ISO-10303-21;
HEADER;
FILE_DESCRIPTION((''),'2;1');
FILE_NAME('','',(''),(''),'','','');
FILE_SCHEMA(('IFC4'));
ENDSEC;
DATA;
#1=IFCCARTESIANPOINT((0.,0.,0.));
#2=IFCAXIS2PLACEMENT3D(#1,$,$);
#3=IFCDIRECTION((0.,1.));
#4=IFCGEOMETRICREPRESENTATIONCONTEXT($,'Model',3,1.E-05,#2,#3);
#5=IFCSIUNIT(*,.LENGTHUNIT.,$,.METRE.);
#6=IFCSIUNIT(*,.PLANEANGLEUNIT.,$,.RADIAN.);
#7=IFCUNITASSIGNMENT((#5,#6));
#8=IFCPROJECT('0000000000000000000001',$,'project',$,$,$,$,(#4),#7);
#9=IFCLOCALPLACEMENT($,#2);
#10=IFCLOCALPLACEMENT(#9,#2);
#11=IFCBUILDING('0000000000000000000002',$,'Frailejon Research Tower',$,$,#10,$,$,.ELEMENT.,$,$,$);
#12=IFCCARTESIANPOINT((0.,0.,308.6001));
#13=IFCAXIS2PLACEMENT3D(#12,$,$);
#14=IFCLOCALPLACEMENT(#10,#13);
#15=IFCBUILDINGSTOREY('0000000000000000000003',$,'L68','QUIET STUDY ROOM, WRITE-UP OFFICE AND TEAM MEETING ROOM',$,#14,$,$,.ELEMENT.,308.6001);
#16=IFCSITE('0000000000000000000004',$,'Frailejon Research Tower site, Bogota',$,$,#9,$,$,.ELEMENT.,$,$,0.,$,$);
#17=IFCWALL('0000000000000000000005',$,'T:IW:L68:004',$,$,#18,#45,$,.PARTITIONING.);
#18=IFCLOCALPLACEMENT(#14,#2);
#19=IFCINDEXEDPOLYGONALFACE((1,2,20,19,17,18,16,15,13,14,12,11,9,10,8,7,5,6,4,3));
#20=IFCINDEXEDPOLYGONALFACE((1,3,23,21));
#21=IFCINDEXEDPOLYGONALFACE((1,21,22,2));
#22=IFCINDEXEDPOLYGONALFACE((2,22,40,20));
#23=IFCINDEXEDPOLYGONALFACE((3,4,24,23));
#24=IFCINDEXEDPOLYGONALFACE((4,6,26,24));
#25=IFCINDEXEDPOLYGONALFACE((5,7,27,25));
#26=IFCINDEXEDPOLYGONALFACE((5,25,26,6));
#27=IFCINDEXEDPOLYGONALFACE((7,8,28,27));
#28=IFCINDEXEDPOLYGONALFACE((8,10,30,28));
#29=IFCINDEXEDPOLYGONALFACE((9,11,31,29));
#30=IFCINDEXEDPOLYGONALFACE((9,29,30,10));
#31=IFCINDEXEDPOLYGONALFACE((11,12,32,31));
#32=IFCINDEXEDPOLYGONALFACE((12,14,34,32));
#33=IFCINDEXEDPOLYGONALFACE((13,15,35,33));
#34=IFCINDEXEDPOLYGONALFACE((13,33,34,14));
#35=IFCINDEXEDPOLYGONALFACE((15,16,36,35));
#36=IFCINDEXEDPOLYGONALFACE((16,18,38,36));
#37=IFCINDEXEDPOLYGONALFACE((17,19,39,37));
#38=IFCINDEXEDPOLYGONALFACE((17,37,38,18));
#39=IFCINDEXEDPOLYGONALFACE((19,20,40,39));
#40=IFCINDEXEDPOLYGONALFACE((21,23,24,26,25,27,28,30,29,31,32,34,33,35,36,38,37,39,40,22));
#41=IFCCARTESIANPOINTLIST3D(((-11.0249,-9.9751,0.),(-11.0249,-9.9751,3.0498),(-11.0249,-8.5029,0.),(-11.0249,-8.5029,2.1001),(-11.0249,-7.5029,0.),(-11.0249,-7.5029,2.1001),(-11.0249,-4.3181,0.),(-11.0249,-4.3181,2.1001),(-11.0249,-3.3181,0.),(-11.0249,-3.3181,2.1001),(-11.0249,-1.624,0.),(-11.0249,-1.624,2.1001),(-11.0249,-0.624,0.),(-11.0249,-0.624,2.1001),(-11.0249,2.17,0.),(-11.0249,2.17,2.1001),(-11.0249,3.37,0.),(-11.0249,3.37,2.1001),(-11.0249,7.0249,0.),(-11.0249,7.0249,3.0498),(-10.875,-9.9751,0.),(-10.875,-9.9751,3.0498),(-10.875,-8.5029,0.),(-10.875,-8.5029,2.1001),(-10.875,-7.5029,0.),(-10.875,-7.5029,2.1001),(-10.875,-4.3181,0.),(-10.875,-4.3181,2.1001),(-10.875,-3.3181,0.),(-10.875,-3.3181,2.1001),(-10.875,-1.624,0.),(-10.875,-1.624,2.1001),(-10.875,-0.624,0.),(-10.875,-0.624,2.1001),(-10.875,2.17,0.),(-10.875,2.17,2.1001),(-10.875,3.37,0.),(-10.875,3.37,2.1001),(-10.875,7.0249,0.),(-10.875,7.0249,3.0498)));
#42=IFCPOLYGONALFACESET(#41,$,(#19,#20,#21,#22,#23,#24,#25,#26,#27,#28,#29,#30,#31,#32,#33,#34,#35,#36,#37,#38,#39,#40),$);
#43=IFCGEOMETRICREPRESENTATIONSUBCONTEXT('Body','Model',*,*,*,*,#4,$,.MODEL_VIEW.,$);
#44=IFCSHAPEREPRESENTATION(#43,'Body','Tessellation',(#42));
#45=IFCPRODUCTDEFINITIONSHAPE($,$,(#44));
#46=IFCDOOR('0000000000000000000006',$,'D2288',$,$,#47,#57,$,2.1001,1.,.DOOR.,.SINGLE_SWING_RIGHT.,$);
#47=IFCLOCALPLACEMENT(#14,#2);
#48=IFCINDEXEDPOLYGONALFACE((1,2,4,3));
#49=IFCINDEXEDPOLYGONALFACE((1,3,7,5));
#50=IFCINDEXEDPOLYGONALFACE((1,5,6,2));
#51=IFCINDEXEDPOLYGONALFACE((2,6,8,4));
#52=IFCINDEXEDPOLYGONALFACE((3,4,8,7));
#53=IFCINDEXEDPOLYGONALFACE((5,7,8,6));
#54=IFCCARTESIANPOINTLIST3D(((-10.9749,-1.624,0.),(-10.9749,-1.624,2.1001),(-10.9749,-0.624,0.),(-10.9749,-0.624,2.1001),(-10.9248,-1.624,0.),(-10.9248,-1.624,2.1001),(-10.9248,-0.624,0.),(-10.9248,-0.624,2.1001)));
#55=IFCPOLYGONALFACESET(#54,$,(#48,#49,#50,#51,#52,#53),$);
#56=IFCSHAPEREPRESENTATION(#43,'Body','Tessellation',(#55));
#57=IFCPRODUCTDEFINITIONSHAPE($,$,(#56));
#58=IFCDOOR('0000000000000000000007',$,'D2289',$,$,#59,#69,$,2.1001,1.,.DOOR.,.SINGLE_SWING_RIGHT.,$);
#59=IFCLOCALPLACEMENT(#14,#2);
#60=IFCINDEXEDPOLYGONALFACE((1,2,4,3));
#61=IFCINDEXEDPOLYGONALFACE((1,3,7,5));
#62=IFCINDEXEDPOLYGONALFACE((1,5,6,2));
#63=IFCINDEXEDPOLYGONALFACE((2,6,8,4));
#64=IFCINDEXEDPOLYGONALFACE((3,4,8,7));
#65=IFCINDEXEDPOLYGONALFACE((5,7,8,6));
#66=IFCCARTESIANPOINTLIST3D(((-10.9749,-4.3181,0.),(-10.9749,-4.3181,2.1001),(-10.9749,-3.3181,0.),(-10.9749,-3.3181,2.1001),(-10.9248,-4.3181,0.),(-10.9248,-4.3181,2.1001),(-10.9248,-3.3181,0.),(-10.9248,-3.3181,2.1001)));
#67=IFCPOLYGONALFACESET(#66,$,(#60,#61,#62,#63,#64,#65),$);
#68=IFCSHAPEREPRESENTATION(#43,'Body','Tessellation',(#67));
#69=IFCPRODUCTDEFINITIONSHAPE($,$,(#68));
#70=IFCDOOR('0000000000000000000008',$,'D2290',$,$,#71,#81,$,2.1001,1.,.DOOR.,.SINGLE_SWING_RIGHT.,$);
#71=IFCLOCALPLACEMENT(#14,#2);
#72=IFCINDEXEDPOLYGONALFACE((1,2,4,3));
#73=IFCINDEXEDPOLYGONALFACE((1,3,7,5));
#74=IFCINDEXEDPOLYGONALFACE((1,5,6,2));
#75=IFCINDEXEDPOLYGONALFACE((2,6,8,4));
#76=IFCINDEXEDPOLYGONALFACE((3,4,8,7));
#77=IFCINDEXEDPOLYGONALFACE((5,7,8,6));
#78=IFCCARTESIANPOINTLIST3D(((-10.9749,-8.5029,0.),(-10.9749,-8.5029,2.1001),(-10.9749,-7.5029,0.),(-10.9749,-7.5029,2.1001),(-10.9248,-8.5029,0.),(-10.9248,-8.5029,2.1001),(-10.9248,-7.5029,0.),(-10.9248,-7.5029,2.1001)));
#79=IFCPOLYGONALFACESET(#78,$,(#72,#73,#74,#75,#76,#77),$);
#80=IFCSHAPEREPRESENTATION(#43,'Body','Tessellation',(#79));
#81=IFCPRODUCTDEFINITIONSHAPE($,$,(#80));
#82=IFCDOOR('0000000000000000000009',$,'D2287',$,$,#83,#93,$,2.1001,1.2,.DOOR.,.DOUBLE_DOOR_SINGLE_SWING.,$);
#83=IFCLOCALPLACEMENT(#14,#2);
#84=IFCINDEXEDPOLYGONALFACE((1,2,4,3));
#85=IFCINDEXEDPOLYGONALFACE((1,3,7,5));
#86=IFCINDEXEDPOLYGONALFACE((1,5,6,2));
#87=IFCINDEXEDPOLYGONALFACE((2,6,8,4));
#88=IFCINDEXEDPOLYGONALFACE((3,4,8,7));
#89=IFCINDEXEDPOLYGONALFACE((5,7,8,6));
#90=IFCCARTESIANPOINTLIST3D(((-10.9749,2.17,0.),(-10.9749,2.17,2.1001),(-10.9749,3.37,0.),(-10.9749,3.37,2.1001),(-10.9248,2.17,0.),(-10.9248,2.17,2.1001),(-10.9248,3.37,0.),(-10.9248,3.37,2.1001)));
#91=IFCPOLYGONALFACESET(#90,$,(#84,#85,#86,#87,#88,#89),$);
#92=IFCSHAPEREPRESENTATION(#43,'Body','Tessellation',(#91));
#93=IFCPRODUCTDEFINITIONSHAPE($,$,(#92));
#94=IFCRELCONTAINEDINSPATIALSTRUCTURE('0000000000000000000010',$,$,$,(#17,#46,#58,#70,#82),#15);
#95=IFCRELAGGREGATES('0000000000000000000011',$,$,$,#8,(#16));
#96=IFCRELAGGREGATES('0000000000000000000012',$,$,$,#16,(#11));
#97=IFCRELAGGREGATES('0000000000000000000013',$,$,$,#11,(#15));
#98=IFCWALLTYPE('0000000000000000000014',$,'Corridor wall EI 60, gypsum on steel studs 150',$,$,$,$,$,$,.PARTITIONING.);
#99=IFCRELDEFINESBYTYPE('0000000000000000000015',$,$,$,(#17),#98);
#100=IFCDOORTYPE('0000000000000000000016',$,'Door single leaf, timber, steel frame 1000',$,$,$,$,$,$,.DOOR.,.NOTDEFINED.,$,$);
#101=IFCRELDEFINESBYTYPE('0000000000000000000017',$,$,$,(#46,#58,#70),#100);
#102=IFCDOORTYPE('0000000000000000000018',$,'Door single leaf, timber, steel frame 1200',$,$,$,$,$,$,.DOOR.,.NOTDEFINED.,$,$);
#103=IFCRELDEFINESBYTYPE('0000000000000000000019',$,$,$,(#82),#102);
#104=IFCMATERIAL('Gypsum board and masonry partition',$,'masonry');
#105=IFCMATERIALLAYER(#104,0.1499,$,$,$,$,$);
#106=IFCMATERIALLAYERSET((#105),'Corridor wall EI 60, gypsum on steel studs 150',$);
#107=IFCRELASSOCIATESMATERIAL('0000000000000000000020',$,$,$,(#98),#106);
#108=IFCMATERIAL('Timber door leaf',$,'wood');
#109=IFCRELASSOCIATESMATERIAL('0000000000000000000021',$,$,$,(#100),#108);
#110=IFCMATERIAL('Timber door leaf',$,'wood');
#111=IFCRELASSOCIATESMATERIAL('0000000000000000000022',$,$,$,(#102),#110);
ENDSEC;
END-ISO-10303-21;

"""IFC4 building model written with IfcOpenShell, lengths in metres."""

from ifc_helpers import new_model, si_unit, direction, frame, frame_2d, origin, place, context, subcontext, project, spatial, rectangle, extrude, material, layer, layer_set, type_object, element, fill, save


model = new_model("IFC4")

# Units and contexts
model_context = context("Model", 3, precision=1e-05, world=origin(), true_north=direction((0.0, 1.0)))
body_context = subcontext(model_context, "Body", "Model", "MODEL_VIEW")
ifc_project = project(units=[si_unit("LENGTHUNIT", "METRE"), si_unit("PLANEANGLEUNIT", "RADIAN")], contexts=[model_context])

# Site, building, storey
site_placement = place(None, origin())
site = spatial("IfcSite", under=ifc_project, at=site_placement, Name="Frailejon Research Tower site, Bogota", CompositionType="ELEMENT", RefElevation=0.0)
building_placement = place(site_placement, origin())
building = spatial("IfcBuilding", under=site, at=building_placement, Name="Frailejon Research Tower", CompositionType="ELEMENT")
storey_placement = place(building_placement, frame((0.0, 0.0, 308.6001)))
storey = spatial("IfcBuildingStorey", under=building, at=storey_placement, Name="L68", Description="QUIET STUDY ROOM, WRITE-UP OFFICE AND TEAM MEETING ROOM", CompositionType="ELEMENT", Elevation=308.6001)

# Wall, openings, doors
ifc_material_1 = material(Name="Gypsum board and masonry partition", Category="masonry")
ifc_layer_1 = layer(ifc_material_1, 0.1499)
ifc_layer_set_1 = layer_set([ifc_layer_1], Name="Corridor wall EI 60, gypsum on steel studs 150")
wall_type_1 = type_object("IfcWallType", Name="Corridor wall EI 60, gypsum on steel studs 150", PredefinedType="PARTITIONING", material=ifc_layer_set_1)
wall_1_placement = place(storey_placement, frame((-10.95, -9.9751, 0.0), z_axis=(0.0, 0.0, 1.0), x_axis=(0.0, 1.0, 0.0)))
wall_1 = element("IfcWall", 1, at=wall_1_placement, inside=storey, type_object=wall_type_1, Name="T:IW:L68:004", PredefinedType="PARTITIONING", context=body_context, shape_type="SweptSolid", body=[
    extrude(rectangle(XDim=17.0, YDim=0.1499, at=frame_2d((8.5, 0.0))), origin(), (0.0, 0.0, 1.0), 3.0498),
])
opening_1_placement = place(wall_1_placement, frame((12.145, 0.0, 0.0)))
opening_1 = element("IfcOpeningElement", 2, at=opening_1_placement, cuts=wall_1, PredefinedType="OPENING", context=body_context, shape_type="SweptSolid", body=[
    extrude(rectangle(XDim=1.2, YDim=2.1001, at=frame_2d((0.6001, 1.05))), frame((0.0, 0.085, 0.0), z_axis=(0.0, -1.0, 0.0), x_axis=(1.0, 0.0, 0.0)), (0.0, 0.0, 1.0), 0.1699),
])
opening_2_placement = place(wall_1_placement, frame((8.3511, 0.0, 0.0)))
opening_2 = element("IfcOpeningElement", 3, at=opening_2_placement, cuts=wall_1, PredefinedType="OPENING", context=body_context, shape_type="SweptSolid", body=[
    extrude(rectangle(XDim=1.0, YDim=2.1001, at=frame_2d((0.5, 1.05))), frame((0.0, 0.085, 0.0), z_axis=(0.0, -1.0, 0.0), x_axis=(1.0, 0.0, 0.0)), (0.0, 0.0, 1.0), 0.1699),
])
opening_3_placement = place(wall_1_placement, frame((5.657, 0.0, 0.0)))
opening_3 = element("IfcOpeningElement", 4, at=opening_3_placement, cuts=wall_1, PredefinedType="OPENING", context=body_context, shape_type="SweptSolid", body=[
    extrude(rectangle(XDim=1.0, YDim=2.1001, at=frame_2d((0.5, 1.05))), frame((0.0, 0.085, 0.0), z_axis=(0.0, -1.0, 0.0), x_axis=(1.0, 0.0, 0.0)), (0.0, 0.0, 1.0), 0.1699),
])
opening_4_placement = place(wall_1_placement, frame((1.4722, 0.0, 0.0)))
opening_4 = element("IfcOpeningElement", 5, at=opening_4_placement, cuts=wall_1, PredefinedType="OPENING", context=body_context, shape_type="SweptSolid", body=[
    extrude(rectangle(XDim=1.0, YDim=2.1001, at=frame_2d((0.5, 1.05))), frame((0.0, 0.085, 0.0), z_axis=(0.0, -1.0, 0.0), x_axis=(1.0, 0.0, 0.0)), (0.0, 0.0, 1.0), 0.1699),
])
ifc_material_2 = material(Name="Timber door leaf", Category="wood")
door_type_1 = type_object("IfcDoorType", Name="Door single leaf, timber, steel frame 1000", OperationType="NOTDEFINED", PredefinedType="DOOR", material=ifc_material_2)
door_1_placement = place(opening_2_placement, origin())
door_1 = element("IfcDoor", 6, at=door_1_placement, inside=storey, type_object=door_type_1, Name="D2288", OperationType="SINGLE_SWING_RIGHT", OverallHeight=2.1001, OverallWidth=1.0, PredefinedType="DOOR", context=body_context, shape_type="SweptSolid", body=[
    extrude(rectangle(XDim=1.0, YDim=2.1001, at=frame_2d((0.5, 1.05))), frame((0.0, 0.0249, 0.0), z_axis=(0.0, -1.0, 0.0), x_axis=(1.0, 0.0, 0.0)), (0.0, 0.0, 1.0), 0.05),
])
fill(opening_2, door_1)
door_2_placement = place(opening_3_placement, origin())
door_2 = element("IfcDoor", 7, at=door_2_placement, inside=storey, type_object=door_type_1, Name="D2289", OperationType="SINGLE_SWING_RIGHT", OverallHeight=2.1001, OverallWidth=1.0, PredefinedType="DOOR", context=body_context, shape_type="SweptSolid", body=[
    extrude(rectangle(XDim=1.0, YDim=2.1001, at=frame_2d((0.5, 1.05))), frame((0.0, 0.0249, 0.0), z_axis=(0.0, -1.0, 0.0), x_axis=(1.0, 0.0, 0.0)), (0.0, 0.0, 1.0), 0.05),
])
fill(opening_3, door_2)
door_3_placement = place(opening_4_placement, origin())
door_3 = element("IfcDoor", 8, at=door_3_placement, inside=storey, type_object=door_type_1, Name="D2290", OperationType="SINGLE_SWING_RIGHT", OverallHeight=2.1001, OverallWidth=1.0, PredefinedType="DOOR", context=body_context, shape_type="SweptSolid", body=[
    extrude(rectangle(XDim=1.0, YDim=2.1001, at=frame_2d((0.5, 1.05))), frame((0.0, 0.0249, 0.0), z_axis=(0.0, -1.0, 0.0), x_axis=(1.0, 0.0, 0.0)), (0.0, 0.0, 1.0), 0.05),
])
fill(opening_4, door_3)
ifc_material_3 = material(Name="Timber door leaf", Category="wood")
door_type_2 = type_object("IfcDoorType", Name="Door single leaf, timber, steel frame 1200", OperationType="NOTDEFINED", PredefinedType="DOOR", material=ifc_material_3)
door_4_placement = place(opening_1_placement, origin())
door_4 = element("IfcDoor", 9, at=door_4_placement, inside=storey, type_object=door_type_2, Name="D2287", OperationType="DOUBLE_DOOR_SINGLE_SWING", OverallHeight=2.1001, OverallWidth=1.2, PredefinedType="DOOR", context=body_context, shape_type="SweptSolid", body=[
    extrude(rectangle(XDim=1.2, YDim=2.1001, at=frame_2d((0.6001, 1.05))), frame((0.0, 0.0249, 0.0), z_axis=(0.0, -1.0, 0.0), x_axis=(1.0, 0.0, 0.0)), (0.0, 0.0, 1.0), 0.05),
])
fill(opening_1, door_4)

save(model, "model.ifc")
